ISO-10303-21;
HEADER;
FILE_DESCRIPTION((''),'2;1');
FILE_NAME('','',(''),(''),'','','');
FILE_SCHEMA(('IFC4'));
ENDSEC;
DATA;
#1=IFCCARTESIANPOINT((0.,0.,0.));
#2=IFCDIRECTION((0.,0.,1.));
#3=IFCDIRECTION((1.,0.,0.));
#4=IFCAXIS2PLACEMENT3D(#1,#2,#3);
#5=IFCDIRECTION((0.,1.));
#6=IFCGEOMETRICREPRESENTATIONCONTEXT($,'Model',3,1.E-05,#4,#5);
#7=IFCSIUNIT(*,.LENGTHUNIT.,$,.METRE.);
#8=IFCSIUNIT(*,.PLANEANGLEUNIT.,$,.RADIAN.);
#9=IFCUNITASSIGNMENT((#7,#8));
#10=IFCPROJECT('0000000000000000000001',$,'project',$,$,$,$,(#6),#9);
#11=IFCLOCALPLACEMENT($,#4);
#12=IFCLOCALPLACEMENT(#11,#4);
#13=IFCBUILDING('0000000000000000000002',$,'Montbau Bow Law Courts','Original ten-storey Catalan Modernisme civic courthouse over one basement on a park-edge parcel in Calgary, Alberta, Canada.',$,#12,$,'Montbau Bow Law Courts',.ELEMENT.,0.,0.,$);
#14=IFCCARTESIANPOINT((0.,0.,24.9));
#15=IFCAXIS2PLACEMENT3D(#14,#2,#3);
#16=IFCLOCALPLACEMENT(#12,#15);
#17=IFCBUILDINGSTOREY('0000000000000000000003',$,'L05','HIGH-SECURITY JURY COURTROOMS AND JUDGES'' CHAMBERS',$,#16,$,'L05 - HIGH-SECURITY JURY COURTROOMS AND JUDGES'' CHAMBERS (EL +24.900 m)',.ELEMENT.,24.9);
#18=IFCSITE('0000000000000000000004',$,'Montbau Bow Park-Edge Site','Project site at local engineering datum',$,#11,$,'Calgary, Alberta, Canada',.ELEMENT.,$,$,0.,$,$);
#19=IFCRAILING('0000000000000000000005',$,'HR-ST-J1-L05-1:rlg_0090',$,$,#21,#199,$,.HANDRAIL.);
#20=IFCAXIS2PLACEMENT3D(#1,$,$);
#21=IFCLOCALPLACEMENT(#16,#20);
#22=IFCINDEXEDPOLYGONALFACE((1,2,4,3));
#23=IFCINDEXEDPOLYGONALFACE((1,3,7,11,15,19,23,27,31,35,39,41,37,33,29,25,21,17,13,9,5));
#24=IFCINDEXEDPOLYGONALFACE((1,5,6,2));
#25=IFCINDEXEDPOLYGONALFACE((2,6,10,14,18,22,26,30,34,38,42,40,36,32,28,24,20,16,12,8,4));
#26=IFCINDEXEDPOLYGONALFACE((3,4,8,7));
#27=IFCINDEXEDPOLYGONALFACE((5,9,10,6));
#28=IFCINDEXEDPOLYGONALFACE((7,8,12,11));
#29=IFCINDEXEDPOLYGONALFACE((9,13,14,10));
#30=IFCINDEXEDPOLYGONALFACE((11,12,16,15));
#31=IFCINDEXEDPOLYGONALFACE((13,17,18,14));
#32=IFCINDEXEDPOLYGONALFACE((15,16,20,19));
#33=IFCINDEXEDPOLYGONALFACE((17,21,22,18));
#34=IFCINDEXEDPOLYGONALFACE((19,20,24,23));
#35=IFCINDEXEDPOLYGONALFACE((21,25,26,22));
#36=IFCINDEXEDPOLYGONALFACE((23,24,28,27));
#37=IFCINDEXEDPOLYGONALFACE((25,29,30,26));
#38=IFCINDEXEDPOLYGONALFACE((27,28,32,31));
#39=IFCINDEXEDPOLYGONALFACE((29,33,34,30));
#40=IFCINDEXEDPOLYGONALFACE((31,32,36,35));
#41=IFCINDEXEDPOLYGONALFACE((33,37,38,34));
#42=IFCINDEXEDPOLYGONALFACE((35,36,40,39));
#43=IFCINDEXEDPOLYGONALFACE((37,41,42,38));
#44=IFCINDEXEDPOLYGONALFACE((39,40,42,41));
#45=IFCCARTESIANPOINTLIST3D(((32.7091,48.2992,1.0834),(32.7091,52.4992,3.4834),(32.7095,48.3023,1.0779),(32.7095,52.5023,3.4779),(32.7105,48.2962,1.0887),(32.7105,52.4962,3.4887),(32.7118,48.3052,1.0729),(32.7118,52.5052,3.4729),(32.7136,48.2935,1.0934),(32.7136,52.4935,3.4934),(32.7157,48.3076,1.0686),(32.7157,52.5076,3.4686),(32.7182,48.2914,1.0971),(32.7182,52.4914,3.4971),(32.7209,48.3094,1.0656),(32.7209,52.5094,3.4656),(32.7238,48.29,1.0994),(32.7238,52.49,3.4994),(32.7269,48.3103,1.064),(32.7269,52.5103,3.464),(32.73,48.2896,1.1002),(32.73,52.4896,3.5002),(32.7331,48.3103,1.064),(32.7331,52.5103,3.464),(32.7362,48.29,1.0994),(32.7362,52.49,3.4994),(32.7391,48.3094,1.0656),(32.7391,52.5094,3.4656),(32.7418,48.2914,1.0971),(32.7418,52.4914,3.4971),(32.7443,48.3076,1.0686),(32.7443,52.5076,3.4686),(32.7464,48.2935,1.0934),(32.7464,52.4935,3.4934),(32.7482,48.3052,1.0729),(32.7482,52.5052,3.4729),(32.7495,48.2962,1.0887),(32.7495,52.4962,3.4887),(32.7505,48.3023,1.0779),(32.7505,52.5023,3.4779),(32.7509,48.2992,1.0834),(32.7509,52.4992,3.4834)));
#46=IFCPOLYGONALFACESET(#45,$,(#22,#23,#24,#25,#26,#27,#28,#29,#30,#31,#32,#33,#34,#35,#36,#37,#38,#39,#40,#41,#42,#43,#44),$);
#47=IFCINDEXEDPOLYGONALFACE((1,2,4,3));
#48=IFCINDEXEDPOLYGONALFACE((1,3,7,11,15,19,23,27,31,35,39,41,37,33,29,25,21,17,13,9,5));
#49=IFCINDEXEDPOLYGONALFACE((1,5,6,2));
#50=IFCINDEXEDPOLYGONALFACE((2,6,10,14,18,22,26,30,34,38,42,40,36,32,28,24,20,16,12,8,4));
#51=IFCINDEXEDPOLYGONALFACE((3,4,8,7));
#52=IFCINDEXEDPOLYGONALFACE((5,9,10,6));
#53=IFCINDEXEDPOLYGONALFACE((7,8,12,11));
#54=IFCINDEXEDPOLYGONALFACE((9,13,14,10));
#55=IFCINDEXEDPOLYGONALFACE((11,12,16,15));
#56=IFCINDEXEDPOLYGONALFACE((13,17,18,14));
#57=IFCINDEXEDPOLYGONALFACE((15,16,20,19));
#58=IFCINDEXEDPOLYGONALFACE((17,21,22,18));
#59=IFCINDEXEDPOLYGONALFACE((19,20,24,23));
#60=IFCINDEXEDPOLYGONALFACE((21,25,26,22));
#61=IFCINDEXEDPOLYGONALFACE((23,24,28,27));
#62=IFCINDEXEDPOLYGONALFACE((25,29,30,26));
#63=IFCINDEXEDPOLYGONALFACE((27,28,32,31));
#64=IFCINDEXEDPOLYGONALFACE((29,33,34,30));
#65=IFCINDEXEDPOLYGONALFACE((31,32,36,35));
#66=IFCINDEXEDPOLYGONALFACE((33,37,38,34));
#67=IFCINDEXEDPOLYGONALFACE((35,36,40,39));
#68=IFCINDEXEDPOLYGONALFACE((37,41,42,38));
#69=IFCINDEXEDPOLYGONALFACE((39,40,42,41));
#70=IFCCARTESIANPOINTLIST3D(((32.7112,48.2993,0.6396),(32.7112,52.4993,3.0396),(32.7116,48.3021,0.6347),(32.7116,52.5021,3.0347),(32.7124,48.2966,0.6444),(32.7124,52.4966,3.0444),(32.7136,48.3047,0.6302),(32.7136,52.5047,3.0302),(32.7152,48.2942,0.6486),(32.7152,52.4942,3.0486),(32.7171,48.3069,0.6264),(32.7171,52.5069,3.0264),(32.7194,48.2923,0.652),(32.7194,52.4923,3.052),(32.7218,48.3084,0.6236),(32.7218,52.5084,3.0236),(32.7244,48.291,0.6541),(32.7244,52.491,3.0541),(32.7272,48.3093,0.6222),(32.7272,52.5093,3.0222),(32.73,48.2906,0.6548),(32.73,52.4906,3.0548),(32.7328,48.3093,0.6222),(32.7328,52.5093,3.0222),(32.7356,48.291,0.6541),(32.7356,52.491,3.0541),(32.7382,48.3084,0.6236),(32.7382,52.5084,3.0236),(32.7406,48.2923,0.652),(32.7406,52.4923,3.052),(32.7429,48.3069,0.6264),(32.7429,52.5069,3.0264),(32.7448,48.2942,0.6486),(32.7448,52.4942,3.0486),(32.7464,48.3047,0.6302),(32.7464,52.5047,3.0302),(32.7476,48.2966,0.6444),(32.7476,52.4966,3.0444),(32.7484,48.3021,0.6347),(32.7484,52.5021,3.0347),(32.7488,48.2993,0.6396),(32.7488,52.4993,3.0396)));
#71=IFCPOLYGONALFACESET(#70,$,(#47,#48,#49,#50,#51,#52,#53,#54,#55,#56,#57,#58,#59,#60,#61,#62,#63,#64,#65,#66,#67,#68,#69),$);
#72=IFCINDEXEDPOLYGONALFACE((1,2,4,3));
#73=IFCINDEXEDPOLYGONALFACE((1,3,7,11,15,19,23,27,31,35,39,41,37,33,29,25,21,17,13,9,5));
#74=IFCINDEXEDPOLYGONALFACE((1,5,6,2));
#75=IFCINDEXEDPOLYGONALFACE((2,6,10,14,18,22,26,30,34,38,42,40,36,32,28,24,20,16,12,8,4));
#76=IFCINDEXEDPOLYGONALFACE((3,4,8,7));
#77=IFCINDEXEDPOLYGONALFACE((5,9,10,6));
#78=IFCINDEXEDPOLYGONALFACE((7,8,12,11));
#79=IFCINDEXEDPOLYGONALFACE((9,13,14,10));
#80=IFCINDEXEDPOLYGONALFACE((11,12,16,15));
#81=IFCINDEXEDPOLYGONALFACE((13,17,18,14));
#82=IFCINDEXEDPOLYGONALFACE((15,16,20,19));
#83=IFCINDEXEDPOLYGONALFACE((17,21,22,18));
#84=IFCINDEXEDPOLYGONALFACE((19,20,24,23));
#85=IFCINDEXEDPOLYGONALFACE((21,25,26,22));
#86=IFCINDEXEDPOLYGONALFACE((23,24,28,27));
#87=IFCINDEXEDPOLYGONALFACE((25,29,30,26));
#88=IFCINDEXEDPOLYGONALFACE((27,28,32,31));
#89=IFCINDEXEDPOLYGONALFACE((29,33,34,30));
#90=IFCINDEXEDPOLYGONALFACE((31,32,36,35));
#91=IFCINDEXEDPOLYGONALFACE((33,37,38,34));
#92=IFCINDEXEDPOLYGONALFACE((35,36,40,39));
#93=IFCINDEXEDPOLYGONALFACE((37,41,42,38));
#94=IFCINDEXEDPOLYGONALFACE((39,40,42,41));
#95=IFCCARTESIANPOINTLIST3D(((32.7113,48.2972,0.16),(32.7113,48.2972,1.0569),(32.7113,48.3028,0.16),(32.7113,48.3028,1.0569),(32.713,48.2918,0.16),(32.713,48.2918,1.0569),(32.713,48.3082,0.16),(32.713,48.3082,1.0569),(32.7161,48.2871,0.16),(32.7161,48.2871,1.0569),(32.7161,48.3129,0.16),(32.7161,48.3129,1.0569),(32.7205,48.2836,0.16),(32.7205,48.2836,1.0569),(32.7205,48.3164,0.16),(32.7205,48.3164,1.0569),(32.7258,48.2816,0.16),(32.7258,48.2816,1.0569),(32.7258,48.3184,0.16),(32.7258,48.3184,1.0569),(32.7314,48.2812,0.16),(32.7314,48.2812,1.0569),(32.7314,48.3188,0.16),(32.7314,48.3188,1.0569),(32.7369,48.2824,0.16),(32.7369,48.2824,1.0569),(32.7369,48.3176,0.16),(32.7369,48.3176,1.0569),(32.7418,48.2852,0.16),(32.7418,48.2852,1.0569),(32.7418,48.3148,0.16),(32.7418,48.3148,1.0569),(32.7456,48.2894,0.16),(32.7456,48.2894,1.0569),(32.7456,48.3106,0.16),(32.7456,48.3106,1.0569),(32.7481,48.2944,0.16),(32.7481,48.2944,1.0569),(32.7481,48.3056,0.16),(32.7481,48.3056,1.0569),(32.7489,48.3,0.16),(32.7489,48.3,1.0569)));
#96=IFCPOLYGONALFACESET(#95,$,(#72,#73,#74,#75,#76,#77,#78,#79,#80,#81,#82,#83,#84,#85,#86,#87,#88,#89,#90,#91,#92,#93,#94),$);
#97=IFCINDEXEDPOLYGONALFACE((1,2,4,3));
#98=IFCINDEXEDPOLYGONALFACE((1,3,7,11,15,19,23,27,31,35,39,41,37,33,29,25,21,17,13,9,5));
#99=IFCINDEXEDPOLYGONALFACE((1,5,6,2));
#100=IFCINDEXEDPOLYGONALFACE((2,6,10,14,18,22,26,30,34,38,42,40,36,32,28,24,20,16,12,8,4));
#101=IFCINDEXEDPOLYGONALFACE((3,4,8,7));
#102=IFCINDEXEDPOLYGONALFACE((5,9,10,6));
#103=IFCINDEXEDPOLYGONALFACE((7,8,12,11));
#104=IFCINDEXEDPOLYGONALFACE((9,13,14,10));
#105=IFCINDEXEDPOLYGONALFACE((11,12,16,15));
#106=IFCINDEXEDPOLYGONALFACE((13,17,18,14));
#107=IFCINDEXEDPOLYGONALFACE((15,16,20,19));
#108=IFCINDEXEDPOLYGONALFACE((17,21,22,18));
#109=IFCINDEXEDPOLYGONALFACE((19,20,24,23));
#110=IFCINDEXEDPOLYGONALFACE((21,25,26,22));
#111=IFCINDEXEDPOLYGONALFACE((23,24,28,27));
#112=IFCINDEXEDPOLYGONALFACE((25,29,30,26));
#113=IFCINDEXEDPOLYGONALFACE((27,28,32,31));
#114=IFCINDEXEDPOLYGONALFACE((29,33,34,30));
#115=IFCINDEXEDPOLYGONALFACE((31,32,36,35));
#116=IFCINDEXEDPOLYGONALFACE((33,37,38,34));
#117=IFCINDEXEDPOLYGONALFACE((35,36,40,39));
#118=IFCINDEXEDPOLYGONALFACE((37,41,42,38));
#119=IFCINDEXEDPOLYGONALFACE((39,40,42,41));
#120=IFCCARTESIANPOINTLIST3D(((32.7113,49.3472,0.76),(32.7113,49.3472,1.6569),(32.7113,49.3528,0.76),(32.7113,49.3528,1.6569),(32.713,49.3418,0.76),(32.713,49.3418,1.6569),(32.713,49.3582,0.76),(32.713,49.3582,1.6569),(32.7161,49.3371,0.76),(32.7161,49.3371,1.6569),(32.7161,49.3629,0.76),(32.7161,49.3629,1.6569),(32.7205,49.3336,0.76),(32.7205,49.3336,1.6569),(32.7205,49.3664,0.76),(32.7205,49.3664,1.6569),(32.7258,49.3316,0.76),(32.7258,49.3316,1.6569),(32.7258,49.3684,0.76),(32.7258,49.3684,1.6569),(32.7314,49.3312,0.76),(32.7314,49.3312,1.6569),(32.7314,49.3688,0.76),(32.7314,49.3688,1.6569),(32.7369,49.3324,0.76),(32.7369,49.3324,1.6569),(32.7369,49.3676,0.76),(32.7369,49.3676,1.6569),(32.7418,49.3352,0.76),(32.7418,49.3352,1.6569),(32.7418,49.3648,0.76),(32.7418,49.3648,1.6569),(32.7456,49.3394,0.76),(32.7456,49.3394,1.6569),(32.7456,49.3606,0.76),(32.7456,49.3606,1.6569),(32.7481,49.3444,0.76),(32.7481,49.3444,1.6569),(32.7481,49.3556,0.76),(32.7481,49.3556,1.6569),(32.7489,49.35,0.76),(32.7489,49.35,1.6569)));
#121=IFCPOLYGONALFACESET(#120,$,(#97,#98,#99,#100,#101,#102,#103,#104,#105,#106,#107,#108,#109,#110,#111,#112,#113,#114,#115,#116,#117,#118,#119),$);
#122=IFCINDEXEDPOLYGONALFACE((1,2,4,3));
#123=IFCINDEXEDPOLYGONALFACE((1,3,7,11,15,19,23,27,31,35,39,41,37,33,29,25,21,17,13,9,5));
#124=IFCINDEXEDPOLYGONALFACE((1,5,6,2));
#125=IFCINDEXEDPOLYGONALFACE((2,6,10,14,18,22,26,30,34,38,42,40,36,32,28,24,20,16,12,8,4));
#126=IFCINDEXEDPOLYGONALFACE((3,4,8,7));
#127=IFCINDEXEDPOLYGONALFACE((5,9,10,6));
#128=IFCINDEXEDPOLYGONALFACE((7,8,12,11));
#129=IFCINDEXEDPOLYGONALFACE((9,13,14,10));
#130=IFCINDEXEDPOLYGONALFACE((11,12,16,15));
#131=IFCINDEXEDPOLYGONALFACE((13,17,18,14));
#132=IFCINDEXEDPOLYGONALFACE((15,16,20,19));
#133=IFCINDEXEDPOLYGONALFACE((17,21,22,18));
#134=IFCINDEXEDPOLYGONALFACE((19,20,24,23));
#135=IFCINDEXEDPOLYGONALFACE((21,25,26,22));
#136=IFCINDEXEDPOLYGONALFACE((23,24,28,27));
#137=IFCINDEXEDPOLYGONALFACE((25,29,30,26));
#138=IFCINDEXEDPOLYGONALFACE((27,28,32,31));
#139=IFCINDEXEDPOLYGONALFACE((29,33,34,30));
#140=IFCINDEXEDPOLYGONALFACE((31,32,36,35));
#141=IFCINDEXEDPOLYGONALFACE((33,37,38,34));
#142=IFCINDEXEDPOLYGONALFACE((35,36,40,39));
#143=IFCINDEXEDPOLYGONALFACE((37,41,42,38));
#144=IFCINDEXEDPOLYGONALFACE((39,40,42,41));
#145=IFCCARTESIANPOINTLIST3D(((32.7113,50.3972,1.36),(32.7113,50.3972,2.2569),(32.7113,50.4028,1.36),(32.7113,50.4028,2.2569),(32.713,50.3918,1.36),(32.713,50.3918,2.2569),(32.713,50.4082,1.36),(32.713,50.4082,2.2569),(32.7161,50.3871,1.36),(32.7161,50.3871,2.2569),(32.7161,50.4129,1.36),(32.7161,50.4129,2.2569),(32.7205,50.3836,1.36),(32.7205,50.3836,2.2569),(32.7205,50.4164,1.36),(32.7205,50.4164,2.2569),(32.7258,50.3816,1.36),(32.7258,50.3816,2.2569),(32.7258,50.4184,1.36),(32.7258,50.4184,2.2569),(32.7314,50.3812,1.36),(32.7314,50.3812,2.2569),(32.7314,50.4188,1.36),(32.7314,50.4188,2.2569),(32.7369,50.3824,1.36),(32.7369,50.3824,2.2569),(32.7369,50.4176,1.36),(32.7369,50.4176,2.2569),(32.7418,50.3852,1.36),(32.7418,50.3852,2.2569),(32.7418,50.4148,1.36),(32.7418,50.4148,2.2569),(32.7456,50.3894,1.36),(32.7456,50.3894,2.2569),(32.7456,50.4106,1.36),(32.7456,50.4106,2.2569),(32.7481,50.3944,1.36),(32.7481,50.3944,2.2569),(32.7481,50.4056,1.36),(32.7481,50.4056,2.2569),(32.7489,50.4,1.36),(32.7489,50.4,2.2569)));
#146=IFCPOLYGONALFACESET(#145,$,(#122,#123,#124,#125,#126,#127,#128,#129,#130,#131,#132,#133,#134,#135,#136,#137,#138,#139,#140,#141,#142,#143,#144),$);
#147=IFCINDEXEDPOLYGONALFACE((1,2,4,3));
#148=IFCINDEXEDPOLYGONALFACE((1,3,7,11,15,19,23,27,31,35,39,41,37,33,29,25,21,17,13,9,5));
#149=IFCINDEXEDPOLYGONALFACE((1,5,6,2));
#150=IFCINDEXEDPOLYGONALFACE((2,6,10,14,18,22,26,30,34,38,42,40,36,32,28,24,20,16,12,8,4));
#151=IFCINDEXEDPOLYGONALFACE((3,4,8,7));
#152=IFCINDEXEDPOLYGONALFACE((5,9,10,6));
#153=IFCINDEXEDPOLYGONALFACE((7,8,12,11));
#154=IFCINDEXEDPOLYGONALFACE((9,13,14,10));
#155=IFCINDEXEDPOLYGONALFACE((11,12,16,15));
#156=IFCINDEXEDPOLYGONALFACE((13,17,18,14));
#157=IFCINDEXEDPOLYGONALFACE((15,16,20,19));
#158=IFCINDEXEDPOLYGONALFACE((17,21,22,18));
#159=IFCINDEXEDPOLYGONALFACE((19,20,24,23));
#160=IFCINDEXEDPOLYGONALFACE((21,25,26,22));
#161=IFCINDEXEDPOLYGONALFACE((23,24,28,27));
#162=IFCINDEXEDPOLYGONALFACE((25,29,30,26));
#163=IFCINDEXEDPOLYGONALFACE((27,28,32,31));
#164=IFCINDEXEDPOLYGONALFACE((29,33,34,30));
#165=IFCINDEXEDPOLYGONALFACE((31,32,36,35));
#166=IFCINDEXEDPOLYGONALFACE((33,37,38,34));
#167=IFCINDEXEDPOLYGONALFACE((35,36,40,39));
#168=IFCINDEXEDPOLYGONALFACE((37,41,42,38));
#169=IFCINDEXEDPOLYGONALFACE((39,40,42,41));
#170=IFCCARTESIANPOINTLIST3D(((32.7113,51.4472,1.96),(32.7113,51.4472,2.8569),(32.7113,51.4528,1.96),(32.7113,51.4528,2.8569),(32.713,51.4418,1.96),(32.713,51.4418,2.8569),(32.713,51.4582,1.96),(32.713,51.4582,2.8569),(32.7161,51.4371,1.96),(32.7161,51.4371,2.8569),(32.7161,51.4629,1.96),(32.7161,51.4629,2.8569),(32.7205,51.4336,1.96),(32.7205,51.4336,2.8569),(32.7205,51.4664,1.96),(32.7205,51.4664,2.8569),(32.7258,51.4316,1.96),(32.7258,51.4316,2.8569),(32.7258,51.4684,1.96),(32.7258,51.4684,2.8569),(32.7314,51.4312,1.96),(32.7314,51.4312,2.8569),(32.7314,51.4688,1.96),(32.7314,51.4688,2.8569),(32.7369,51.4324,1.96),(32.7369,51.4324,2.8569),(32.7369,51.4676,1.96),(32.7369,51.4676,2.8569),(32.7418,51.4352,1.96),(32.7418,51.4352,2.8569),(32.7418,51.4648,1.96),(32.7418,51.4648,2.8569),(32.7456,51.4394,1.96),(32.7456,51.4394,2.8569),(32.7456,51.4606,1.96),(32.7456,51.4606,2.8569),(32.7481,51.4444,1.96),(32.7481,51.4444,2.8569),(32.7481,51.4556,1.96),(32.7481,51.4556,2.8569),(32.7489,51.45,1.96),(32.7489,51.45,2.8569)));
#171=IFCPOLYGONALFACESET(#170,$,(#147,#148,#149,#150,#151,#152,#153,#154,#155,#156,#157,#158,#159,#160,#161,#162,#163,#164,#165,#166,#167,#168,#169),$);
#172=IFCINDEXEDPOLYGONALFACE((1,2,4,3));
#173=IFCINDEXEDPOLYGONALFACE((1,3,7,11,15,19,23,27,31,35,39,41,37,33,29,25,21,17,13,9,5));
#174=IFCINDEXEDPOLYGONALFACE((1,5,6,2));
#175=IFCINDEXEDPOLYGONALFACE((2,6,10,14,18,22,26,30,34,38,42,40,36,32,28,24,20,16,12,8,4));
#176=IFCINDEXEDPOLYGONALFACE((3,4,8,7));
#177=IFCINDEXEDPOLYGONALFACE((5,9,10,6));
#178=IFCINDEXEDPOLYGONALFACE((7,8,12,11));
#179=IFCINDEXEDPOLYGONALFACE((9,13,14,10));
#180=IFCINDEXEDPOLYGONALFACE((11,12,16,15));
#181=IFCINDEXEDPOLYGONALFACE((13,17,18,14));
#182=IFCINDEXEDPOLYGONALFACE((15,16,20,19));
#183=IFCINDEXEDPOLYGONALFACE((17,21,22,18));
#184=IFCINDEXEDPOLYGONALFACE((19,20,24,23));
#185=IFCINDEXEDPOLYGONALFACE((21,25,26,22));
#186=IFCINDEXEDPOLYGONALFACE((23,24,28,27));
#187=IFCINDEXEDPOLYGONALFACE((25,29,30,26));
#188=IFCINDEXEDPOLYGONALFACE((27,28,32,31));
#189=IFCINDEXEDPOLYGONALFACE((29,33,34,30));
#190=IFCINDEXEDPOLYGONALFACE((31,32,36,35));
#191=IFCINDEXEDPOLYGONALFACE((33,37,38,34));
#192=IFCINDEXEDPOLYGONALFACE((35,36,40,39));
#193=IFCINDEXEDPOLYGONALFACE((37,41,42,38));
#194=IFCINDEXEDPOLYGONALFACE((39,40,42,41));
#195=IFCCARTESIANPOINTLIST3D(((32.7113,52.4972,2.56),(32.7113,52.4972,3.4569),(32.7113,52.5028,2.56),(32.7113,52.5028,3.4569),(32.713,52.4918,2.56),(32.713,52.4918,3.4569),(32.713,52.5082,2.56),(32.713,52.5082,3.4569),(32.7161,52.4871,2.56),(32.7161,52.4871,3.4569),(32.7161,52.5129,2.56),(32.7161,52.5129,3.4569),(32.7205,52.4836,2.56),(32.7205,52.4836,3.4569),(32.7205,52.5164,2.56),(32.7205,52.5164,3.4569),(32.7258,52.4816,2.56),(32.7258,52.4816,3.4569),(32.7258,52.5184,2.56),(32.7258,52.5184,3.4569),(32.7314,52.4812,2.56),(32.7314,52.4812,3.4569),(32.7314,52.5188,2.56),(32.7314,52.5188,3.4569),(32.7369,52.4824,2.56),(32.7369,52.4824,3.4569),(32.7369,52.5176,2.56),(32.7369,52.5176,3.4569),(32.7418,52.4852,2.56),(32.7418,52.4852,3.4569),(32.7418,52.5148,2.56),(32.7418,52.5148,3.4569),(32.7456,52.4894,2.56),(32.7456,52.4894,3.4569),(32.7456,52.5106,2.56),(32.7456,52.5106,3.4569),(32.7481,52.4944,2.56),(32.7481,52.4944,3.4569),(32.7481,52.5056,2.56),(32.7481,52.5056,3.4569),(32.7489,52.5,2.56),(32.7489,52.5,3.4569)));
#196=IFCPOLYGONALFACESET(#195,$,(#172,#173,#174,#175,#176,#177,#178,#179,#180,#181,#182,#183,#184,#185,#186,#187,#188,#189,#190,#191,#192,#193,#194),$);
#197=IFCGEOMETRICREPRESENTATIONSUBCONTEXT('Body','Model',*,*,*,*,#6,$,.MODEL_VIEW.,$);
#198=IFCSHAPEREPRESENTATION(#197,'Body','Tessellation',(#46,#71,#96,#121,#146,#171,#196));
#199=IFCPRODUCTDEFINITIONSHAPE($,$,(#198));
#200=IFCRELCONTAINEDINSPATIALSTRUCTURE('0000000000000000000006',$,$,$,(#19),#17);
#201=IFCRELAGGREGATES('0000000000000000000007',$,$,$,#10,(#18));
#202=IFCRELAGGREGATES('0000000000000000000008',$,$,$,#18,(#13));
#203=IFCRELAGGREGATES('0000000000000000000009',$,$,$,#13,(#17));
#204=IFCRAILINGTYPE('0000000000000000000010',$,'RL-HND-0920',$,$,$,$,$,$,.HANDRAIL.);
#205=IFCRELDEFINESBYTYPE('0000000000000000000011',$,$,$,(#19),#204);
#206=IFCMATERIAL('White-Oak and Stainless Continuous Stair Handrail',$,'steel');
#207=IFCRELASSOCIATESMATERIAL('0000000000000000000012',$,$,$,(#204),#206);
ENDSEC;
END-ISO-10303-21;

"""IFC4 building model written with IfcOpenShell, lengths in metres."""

from ifc_helpers import new_model, si_unit, direction, frame, origin_with_axes, origin_2d_with_axis, place, context, subcontext, project, spatial, circle, extrude, material, type_object, element, save


model = new_model("IFC4")

# Units and contexts
model_context = context("Model", 3, precision=1e-05, world=origin_with_axes(), true_north=direction((0.0, 1.0)))
body_context = subcontext(model_context, "Body", "Model", "MODEL_VIEW")
ifc_project = project(units=[si_unit("LENGTHUNIT", "METRE"), si_unit("PLANEANGLEUNIT", "RADIAN")], contexts=[model_context])

# Site, building, storey
site_placement = place(None, origin_with_axes())
site = spatial("IfcSite", under=ifc_project, at=site_placement, Name="Montbau Bow Park-Edge Site", Description="Project site at local engineering datum", LongName="Calgary, Alberta, Canada", CompositionType="ELEMENT", RefElevation=0.0)
building_placement = place(site_placement, origin_with_axes())
building = spatial("IfcBuilding", under=site, at=building_placement, Name="Montbau Bow Law Courts", Description="Original ten-storey Catalan Modernisme civic courthouse over one basement on a park-edge parcel in Calgary, Alberta, Canada.", LongName="Montbau Bow Law Courts", CompositionType="ELEMENT", ElevationOfRefHeight=0.0, ElevationOfTerrain=0.0)
storey_placement = place(building_placement, frame((0.0, 0.0, 24.9), z_axis=(0.0, 0.0, 1.0), x_axis=(1.0, 0.0, 0.0)))
storey = spatial("IfcBuildingStorey", under=building, at=storey_placement, Name="L05", Description="HIGH-SECURITY JURY COURTROOMS AND JUDGES' CHAMBERS", LongName="L05 - HIGH-SECURITY JURY COURTROOMS AND JUDGES' CHAMBERS (EL +24.900 m)", CompositionType="ELEMENT", Elevation=24.9)

# Railing
ifc_material_1 = material(Name="White-Oak and Stainless Continuous Stair Handrail", Category="steel")
railing_type_1 = type_object("IfcRailingType", Name="RL-HND-0920", PredefinedType="HANDRAIL", material=ifc_material_1)
railing_1_placement = place(None, origin_with_axes())
element("IfcRailing", 1, at=railing_1_placement, inside=storey, type_object=railing_type_1, Name="HR-ST-J1-L05-1:rlg_0090", PredefinedType="HANDRAIL", context=body_context, shape_type="SweptSolid", body=[
    extrude(circle(Radius=0.021, at=origin_2d_with_axis()), frame((32.73, 48.3, 25.982), z_axis=(0.0, 0.868243, 0.496139), x_axis=(0.0, -0.496139, 0.868243)), (0.0, 0.0, 1.0), 4.8374),
    extrude(circle(Radius=0.0189, at=origin_2d_with_axis()), frame((32.73, 48.3, 25.5384), z_axis=(0.0, 0.868243, 0.496139), x_axis=(0.0, -0.496139, 0.868243)), (0.0, 0.0, 1.0), 4.8374),
    extrude(circle(Radius=0.0189, at=origin_2d_with_axis()), frame((32.73, 48.3, 25.06), z_axis=(0.0, 0.0, 1.0), x_axis=(1.0, 0.0, 0.0)), (0.0, 0.0, 1.0), 0.8969),
    extrude(circle(Radius=0.0189, at=origin_2d_with_axis()), frame((32.73, 49.35, 25.66), z_axis=(0.0, 0.0, 1.0), x_axis=(1.0, 0.0, 0.0)), (0.0, 0.0, 1.0), 0.8969),
    extrude(circle(Radius=0.0189, at=origin_2d_with_axis()), frame((32.73, 50.4, 26.26), z_axis=(0.0, 0.0, 1.0), x_axis=(1.0, 0.0, 0.0)), (0.0, 0.0, 1.0), 0.8969),
    extrude(circle(Radius=0.0189, at=origin_2d_with_axis()), frame((32.73, 51.45, 26.86), z_axis=(0.0, 0.0, 1.0), x_axis=(1.0, 0.0, 0.0)), (0.0, 0.0, 1.0), 0.8969),
    extrude(circle(Radius=0.0189, at=origin_2d_with_axis()), frame((32.73, 52.5, 27.46), z_axis=(0.0, 0.0, 1.0), x_axis=(1.0, 0.0, 0.0)), (0.0, 0.0, 1.0), 0.8969),
])

save(model, "model.ifc")
